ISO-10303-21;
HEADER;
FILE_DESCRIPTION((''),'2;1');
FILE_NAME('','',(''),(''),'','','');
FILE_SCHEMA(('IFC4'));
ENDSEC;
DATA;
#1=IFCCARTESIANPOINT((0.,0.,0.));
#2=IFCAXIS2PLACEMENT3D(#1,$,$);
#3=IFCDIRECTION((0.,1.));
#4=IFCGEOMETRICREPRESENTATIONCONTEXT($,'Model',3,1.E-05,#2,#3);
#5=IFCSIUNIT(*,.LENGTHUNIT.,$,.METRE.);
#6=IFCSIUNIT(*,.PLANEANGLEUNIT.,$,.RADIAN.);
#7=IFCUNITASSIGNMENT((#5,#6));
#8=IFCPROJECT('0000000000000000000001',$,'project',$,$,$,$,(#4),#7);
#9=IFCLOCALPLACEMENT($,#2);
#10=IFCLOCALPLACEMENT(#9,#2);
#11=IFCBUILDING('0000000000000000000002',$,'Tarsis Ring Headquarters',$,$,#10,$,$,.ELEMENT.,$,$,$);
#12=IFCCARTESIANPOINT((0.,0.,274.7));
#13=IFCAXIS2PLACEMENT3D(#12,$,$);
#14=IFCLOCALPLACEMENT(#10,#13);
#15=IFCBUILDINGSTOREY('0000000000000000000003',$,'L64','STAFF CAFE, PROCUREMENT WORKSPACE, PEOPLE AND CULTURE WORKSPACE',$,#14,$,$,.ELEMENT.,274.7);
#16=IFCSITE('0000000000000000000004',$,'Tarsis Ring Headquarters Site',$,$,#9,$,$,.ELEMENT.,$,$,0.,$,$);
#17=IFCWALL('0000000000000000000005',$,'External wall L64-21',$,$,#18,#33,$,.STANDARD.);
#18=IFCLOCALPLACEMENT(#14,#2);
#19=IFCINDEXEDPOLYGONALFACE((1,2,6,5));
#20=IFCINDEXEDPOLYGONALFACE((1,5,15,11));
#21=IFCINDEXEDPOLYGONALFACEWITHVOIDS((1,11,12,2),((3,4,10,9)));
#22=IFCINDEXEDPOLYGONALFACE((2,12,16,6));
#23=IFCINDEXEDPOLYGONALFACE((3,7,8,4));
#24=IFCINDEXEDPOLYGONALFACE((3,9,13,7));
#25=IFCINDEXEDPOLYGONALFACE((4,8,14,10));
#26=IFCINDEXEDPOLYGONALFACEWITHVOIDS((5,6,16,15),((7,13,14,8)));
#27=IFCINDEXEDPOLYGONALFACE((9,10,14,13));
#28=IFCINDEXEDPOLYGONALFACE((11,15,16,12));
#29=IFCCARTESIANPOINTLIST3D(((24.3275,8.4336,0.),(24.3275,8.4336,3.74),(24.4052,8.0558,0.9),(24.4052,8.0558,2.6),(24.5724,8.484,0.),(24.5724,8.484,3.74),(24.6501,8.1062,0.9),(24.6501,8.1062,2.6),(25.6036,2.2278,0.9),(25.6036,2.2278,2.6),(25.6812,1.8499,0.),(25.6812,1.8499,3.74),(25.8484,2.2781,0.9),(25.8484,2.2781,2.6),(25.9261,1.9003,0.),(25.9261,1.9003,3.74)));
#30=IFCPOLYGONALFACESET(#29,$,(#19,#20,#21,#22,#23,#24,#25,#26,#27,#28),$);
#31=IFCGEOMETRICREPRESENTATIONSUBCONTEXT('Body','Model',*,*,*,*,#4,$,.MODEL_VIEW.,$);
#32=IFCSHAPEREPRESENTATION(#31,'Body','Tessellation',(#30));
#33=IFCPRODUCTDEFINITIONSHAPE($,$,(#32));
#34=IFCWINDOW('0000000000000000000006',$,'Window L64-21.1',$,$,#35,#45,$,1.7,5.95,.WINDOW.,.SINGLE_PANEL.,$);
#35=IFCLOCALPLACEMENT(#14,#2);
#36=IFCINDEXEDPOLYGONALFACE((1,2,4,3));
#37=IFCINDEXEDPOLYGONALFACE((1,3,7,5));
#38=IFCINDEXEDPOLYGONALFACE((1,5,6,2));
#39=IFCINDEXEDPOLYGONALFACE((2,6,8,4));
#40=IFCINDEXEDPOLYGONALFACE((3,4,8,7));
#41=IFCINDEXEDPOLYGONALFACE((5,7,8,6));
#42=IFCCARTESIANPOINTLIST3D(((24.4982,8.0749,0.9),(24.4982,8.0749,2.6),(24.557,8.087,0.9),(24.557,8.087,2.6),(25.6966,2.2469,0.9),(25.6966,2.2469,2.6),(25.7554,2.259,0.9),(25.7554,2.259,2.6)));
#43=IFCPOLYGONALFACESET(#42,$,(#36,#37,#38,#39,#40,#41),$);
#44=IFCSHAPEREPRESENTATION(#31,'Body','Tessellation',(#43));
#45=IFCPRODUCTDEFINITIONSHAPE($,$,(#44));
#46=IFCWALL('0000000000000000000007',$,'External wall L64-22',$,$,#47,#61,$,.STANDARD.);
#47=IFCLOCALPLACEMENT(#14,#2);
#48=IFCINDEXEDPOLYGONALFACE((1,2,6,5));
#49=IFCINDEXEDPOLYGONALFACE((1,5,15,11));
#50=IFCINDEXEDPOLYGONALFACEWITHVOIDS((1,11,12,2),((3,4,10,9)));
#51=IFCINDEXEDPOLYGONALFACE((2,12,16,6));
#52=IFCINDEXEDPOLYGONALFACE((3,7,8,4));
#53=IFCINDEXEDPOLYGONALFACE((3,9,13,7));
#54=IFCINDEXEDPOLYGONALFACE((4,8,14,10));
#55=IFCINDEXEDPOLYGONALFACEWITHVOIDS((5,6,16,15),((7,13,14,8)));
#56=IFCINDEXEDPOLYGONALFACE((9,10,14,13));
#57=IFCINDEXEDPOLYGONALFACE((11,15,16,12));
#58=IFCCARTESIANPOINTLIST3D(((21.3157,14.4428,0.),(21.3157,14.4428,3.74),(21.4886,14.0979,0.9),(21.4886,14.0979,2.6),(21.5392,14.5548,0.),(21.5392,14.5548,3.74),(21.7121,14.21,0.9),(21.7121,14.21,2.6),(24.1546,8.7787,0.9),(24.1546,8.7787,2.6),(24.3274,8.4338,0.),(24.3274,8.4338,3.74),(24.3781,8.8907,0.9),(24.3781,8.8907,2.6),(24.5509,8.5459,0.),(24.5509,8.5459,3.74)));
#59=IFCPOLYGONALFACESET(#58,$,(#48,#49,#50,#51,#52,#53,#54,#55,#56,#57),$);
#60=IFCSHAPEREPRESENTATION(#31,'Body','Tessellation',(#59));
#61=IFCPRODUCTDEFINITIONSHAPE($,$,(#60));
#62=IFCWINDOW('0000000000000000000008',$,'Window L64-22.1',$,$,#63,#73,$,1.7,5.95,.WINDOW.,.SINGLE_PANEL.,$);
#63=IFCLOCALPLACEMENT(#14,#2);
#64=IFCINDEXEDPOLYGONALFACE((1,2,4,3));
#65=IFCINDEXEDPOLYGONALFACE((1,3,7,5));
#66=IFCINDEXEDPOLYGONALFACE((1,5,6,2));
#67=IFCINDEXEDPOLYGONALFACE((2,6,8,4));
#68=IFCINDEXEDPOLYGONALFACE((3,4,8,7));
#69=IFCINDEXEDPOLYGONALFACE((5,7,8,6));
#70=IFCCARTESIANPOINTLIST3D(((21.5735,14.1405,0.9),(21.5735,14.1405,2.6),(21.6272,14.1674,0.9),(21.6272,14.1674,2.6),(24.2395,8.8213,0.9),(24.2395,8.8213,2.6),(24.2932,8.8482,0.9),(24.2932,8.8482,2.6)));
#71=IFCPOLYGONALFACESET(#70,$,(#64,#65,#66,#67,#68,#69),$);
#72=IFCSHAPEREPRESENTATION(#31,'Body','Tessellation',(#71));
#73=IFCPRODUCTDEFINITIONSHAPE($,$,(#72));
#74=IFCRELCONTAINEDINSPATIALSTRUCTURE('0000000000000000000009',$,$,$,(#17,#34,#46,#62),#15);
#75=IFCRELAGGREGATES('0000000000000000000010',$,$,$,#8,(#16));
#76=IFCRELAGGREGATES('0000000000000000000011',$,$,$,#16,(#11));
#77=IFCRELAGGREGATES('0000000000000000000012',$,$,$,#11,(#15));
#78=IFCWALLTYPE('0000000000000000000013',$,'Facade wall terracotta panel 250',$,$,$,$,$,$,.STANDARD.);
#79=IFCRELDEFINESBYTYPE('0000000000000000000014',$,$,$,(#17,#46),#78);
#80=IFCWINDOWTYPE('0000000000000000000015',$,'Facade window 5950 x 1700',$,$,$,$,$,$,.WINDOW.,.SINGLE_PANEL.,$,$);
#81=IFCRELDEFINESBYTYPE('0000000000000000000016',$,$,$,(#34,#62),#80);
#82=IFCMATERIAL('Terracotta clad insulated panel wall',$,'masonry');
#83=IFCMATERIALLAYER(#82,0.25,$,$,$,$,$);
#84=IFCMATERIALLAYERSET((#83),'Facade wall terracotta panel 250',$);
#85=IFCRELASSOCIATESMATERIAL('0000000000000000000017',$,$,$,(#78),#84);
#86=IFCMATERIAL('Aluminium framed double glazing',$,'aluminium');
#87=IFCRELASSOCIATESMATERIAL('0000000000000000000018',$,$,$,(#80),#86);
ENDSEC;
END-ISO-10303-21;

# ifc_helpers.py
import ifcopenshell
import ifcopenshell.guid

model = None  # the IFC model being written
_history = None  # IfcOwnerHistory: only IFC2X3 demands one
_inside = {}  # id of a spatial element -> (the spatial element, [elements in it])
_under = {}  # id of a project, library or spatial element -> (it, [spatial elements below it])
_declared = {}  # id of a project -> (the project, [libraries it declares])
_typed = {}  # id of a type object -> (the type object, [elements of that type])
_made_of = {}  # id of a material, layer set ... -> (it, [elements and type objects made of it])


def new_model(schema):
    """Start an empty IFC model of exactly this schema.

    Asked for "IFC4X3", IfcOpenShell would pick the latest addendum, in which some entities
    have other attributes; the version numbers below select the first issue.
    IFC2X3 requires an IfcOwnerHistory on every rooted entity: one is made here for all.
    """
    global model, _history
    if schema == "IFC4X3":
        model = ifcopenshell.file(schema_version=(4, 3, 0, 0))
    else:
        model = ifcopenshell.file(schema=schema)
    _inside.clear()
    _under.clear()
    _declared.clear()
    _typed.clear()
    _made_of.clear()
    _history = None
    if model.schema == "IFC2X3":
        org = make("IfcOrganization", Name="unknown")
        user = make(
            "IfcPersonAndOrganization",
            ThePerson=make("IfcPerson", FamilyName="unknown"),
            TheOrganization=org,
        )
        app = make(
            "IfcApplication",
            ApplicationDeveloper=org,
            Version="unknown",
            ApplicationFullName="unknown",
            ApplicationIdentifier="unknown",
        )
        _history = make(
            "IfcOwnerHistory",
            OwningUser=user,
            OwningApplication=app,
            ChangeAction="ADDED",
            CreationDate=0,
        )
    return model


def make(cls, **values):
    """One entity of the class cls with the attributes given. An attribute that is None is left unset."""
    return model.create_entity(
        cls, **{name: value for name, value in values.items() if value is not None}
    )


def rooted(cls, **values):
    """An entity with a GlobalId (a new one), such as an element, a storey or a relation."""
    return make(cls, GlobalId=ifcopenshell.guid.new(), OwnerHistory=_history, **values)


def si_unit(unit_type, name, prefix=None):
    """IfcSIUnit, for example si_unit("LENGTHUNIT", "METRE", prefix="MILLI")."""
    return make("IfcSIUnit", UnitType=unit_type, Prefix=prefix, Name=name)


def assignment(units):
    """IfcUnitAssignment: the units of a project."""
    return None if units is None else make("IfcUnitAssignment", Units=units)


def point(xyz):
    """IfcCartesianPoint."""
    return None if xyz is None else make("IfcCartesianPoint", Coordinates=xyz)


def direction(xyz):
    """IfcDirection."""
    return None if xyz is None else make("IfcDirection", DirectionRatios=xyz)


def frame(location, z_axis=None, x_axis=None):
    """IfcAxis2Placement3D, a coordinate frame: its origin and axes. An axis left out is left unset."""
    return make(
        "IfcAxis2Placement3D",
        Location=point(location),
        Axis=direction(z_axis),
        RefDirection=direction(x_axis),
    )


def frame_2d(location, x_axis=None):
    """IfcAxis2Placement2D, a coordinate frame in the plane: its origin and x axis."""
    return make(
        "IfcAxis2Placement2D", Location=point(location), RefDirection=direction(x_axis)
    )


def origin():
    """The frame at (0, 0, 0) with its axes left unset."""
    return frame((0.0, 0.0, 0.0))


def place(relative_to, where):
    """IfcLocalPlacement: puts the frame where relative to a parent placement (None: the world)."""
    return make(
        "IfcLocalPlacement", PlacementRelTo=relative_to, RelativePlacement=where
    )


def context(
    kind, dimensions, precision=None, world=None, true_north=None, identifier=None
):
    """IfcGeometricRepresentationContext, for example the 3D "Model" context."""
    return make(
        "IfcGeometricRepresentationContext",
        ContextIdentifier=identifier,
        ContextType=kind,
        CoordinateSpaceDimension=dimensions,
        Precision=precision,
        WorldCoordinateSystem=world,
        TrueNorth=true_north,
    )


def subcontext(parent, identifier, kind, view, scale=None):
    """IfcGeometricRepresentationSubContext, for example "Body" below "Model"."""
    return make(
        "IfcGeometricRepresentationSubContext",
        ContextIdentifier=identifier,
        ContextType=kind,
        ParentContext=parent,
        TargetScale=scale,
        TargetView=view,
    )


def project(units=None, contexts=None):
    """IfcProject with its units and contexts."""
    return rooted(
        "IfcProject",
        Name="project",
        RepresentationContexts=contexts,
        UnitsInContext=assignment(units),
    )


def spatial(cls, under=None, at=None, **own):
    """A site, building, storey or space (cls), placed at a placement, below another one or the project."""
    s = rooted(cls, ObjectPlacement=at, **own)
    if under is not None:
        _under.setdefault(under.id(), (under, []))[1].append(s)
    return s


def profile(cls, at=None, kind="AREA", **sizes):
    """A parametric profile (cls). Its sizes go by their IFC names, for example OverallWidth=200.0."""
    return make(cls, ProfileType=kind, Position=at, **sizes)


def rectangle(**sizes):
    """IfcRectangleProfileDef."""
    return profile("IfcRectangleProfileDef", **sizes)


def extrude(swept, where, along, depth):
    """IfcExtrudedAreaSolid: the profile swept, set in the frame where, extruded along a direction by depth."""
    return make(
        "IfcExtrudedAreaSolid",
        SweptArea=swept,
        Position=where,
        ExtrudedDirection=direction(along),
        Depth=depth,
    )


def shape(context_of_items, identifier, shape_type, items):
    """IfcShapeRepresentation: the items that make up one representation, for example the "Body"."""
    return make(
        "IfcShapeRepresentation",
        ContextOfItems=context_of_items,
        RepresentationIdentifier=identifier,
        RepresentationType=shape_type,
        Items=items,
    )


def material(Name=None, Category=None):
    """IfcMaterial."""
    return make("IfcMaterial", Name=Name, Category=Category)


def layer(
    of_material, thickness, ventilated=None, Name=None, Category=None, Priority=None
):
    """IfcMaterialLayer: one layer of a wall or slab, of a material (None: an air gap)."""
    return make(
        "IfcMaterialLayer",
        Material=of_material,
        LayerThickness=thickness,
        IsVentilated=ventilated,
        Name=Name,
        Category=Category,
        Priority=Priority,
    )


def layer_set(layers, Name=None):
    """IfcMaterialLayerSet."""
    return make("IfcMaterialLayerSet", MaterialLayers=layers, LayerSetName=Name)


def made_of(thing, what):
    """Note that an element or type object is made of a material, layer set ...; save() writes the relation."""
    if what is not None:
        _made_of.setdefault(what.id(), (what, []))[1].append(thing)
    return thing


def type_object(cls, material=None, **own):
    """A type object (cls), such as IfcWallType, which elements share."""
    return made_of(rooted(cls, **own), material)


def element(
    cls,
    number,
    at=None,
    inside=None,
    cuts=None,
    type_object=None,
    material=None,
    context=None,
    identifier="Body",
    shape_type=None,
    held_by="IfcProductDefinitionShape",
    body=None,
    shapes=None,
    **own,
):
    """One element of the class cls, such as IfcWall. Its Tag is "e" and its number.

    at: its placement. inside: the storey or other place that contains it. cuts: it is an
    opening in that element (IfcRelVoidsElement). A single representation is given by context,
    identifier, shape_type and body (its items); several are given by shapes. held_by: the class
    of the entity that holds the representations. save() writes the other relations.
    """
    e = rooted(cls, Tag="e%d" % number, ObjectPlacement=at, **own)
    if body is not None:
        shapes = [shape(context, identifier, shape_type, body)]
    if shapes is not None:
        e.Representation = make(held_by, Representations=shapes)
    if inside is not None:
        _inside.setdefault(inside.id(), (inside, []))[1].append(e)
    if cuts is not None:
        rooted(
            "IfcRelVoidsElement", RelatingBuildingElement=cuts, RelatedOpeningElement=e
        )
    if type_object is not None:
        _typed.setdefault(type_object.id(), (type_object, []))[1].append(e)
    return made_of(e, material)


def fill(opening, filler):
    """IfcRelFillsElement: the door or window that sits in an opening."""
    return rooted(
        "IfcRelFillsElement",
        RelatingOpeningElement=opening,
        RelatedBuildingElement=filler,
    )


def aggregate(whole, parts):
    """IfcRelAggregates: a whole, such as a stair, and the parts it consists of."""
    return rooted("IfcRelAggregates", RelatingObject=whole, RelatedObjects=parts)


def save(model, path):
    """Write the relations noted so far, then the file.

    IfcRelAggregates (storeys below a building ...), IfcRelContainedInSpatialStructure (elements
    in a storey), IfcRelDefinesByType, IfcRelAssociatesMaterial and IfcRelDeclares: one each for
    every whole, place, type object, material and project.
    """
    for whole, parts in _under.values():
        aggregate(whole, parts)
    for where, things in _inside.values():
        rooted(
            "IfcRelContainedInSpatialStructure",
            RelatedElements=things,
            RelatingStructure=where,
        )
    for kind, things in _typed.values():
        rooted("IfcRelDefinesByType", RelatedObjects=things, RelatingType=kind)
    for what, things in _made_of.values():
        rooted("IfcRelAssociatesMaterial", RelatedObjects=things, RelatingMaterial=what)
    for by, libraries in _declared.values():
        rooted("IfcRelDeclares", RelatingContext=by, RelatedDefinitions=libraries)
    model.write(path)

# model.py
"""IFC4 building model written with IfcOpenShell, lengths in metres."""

from ifc_helpers import new_model, si_unit, direction, frame, frame_2d, origin, place, context, subcontext, project, spatial, rectangle, extrude, material, layer, layer_set, type_object, element, fill, save


model = new_model("IFC4")

# Units and contexts
model_context = context("Model", 3, precision=1e-05, world=origin(), true_north=direction((0.0, 1.0)))
body_context = subcontext(model_context, "Body", "Model", "MODEL_VIEW")
ifc_project = project(units=[si_unit("LENGTHUNIT", "METRE"), si_unit("PLANEANGLEUNIT", "RADIAN")], contexts=[model_context])

# Site, building, storey
site_placement = place(None, origin())
site = spatial("IfcSite", under=ifc_project, at=site_placement, Name="Tarsis Ring Headquarters Site", CompositionType="ELEMENT", RefElevation=0.0)
building_placement = place(site_placement, origin())
building = spatial("IfcBuilding", under=site, at=building_placement, Name="Tarsis Ring Headquarters", CompositionType="ELEMENT")
storey_placement = place(building_placement, frame((0.0, 0.0, 274.7)))
storey = spatial("IfcBuildingStorey", under=building, at=storey_placement, Name="L64", Description="STAFF CAFE, PROCUREMENT WORKSPACE, PEOPLE AND CULTURE WORKSPACE", CompositionType="ELEMENT", Elevation=274.7)

# Walls, openings, windows
ifc_material_1 = material(Name="Terracotta clad insulated panel wall", Category="masonry")
ifc_layer_1 = layer(ifc_material_1, 0.25)
ifc_layer_set_1 = layer_set([ifc_layer_1], Name="Facade wall terracotta panel 250")
wall_type_1 = type_object("IfcWallType", Name="Facade wall terracotta panel 250", PredefinedType="STANDARD", material=ifc_layer_set_1)
wall_1_placement = place(storey_placement, frame((25.8037, 1.875, 0.0), z_axis=(0.0, 0.0, 1.0), x_axis=(-0.201408, 0.979507, 0.0)))
wall_1 = element("IfcWall", 1, at=wall_1_placement, inside=storey, type_object=wall_type_1, Name="External wall L64-21", PredefinedType="STANDARD", context=body_context, shape_type="SweptSolid", body=[
    extrude(rectangle(XDim=6.7214, YDim=0.25, at=frame_2d((3.3608, 0.0))), origin(), (0.0, 0.0, 1.0), 3.74),
])
opening_1_placement = place(wall_1_placement, frame((0.3857, 0.0, 0.8999)))
opening_1 = element("IfcOpeningElement", 2, at=opening_1_placement, cuts=wall_1, PredefinedType="OPENING", context=body_context, shape_type="SweptSolid", body=[
    extrude(rectangle(XDim=5.95, YDim=1.7, at=frame_2d((2.9751, 0.8501))), frame((0.0, 0.135, 0.0), z_axis=(0.0, -1.0, 0.0), x_axis=(1.0, 0.0, 0.0)), (0.0, 0.0, 1.0), 0.27),
])
ifc_material_2 = material(Name="Aluminium framed double glazing", Category="aluminium")
window_type = type_object("IfcWindowType", Name="Facade window 5950 x 1700", PartitioningType="SINGLE_PANEL", PredefinedType="WINDOW", material=ifc_material_2)
window_1_placement = place(opening_1_placement, origin())
window_1 = element("IfcWindow", 3, at=window_1_placement, inside=storey, type_object=window_type, Name="Window L64-21.1", OverallHeight=1.7, OverallWidth=5.95, PartitioningType="SINGLE_PANEL", PredefinedType="WINDOW", context=body_context, shape_type="SweptSolid", body=[
    extrude(rectangle(XDim=5.95, YDim=1.7, at=frame_2d((2.9751, 0.8501))), frame((0.0, 0.03, 0.0), z_axis=(0.0, -1.0, 0.0), x_axis=(1.0, 0.0, 0.0)), (0.0, 0.0, 1.0), 0.0601),
])
fill(opening_1, window_1)
wall_2_placement = place(storey_placement, frame((24.4392, 8.4897, 0.0), z_axis=(0.0, 0.0, 1.0), x_axis=(-0.448071, 0.893998, 0.0)))
wall_2 = element("IfcWall", 4, at=wall_2_placement, inside=storey, type_object=wall_type_1, Name="External wall L64-22", PredefinedType="STANDARD", context=body_context, shape_type="SweptSolid", body=[
    extrude(rectangle(XDim=6.7214, YDim=0.25, at=frame_2d((3.3608, 0.0))), origin(), (0.0, 0.0, 1.0), 3.74),
])
opening_2_placement = place(wall_2_placement, frame((0.3857, 0.0, 0.8999)))
opening_2 = element("IfcOpeningElement", 5, at=opening_2_placement, cuts=wall_2, PredefinedType="OPENING", context=body_context, shape_type="SweptSolid", body=[
    extrude(rectangle(XDim=5.95, YDim=1.7, at=frame_2d((2.9751, 0.8501))), frame((0.0, 0.135, 0.0), z_axis=(0.0, -1.0, 0.0), x_axis=(1.0, 0.0, 0.0)), (0.0, 0.0, 1.0), 0.27),
])
window_2_placement = place(opening_2_placement, origin())
window_2 = element("IfcWindow", 6, at=window_2_placement, inside=storey, type_object=window_type, Name="Window L64-22.1", OverallHeight=1.7, OverallWidth=5.95, PartitioningType="SINGLE_PANEL", PredefinedType="WINDOW", context=body_context, shape_type="SweptSolid", body=[
    extrude(rectangle(XDim=5.95, YDim=1.7, at=frame_2d((2.9751, 0.8501))), frame((0.0, 0.03, 0.0), z_axis=(0.0, -1.0, 0.0), x_axis=(1.0, 0.0, 0.0)), (0.0, 0.0, 1.0), 0.0601),
])
fill(opening_2, window_2)

save(model, "model.ifc")
